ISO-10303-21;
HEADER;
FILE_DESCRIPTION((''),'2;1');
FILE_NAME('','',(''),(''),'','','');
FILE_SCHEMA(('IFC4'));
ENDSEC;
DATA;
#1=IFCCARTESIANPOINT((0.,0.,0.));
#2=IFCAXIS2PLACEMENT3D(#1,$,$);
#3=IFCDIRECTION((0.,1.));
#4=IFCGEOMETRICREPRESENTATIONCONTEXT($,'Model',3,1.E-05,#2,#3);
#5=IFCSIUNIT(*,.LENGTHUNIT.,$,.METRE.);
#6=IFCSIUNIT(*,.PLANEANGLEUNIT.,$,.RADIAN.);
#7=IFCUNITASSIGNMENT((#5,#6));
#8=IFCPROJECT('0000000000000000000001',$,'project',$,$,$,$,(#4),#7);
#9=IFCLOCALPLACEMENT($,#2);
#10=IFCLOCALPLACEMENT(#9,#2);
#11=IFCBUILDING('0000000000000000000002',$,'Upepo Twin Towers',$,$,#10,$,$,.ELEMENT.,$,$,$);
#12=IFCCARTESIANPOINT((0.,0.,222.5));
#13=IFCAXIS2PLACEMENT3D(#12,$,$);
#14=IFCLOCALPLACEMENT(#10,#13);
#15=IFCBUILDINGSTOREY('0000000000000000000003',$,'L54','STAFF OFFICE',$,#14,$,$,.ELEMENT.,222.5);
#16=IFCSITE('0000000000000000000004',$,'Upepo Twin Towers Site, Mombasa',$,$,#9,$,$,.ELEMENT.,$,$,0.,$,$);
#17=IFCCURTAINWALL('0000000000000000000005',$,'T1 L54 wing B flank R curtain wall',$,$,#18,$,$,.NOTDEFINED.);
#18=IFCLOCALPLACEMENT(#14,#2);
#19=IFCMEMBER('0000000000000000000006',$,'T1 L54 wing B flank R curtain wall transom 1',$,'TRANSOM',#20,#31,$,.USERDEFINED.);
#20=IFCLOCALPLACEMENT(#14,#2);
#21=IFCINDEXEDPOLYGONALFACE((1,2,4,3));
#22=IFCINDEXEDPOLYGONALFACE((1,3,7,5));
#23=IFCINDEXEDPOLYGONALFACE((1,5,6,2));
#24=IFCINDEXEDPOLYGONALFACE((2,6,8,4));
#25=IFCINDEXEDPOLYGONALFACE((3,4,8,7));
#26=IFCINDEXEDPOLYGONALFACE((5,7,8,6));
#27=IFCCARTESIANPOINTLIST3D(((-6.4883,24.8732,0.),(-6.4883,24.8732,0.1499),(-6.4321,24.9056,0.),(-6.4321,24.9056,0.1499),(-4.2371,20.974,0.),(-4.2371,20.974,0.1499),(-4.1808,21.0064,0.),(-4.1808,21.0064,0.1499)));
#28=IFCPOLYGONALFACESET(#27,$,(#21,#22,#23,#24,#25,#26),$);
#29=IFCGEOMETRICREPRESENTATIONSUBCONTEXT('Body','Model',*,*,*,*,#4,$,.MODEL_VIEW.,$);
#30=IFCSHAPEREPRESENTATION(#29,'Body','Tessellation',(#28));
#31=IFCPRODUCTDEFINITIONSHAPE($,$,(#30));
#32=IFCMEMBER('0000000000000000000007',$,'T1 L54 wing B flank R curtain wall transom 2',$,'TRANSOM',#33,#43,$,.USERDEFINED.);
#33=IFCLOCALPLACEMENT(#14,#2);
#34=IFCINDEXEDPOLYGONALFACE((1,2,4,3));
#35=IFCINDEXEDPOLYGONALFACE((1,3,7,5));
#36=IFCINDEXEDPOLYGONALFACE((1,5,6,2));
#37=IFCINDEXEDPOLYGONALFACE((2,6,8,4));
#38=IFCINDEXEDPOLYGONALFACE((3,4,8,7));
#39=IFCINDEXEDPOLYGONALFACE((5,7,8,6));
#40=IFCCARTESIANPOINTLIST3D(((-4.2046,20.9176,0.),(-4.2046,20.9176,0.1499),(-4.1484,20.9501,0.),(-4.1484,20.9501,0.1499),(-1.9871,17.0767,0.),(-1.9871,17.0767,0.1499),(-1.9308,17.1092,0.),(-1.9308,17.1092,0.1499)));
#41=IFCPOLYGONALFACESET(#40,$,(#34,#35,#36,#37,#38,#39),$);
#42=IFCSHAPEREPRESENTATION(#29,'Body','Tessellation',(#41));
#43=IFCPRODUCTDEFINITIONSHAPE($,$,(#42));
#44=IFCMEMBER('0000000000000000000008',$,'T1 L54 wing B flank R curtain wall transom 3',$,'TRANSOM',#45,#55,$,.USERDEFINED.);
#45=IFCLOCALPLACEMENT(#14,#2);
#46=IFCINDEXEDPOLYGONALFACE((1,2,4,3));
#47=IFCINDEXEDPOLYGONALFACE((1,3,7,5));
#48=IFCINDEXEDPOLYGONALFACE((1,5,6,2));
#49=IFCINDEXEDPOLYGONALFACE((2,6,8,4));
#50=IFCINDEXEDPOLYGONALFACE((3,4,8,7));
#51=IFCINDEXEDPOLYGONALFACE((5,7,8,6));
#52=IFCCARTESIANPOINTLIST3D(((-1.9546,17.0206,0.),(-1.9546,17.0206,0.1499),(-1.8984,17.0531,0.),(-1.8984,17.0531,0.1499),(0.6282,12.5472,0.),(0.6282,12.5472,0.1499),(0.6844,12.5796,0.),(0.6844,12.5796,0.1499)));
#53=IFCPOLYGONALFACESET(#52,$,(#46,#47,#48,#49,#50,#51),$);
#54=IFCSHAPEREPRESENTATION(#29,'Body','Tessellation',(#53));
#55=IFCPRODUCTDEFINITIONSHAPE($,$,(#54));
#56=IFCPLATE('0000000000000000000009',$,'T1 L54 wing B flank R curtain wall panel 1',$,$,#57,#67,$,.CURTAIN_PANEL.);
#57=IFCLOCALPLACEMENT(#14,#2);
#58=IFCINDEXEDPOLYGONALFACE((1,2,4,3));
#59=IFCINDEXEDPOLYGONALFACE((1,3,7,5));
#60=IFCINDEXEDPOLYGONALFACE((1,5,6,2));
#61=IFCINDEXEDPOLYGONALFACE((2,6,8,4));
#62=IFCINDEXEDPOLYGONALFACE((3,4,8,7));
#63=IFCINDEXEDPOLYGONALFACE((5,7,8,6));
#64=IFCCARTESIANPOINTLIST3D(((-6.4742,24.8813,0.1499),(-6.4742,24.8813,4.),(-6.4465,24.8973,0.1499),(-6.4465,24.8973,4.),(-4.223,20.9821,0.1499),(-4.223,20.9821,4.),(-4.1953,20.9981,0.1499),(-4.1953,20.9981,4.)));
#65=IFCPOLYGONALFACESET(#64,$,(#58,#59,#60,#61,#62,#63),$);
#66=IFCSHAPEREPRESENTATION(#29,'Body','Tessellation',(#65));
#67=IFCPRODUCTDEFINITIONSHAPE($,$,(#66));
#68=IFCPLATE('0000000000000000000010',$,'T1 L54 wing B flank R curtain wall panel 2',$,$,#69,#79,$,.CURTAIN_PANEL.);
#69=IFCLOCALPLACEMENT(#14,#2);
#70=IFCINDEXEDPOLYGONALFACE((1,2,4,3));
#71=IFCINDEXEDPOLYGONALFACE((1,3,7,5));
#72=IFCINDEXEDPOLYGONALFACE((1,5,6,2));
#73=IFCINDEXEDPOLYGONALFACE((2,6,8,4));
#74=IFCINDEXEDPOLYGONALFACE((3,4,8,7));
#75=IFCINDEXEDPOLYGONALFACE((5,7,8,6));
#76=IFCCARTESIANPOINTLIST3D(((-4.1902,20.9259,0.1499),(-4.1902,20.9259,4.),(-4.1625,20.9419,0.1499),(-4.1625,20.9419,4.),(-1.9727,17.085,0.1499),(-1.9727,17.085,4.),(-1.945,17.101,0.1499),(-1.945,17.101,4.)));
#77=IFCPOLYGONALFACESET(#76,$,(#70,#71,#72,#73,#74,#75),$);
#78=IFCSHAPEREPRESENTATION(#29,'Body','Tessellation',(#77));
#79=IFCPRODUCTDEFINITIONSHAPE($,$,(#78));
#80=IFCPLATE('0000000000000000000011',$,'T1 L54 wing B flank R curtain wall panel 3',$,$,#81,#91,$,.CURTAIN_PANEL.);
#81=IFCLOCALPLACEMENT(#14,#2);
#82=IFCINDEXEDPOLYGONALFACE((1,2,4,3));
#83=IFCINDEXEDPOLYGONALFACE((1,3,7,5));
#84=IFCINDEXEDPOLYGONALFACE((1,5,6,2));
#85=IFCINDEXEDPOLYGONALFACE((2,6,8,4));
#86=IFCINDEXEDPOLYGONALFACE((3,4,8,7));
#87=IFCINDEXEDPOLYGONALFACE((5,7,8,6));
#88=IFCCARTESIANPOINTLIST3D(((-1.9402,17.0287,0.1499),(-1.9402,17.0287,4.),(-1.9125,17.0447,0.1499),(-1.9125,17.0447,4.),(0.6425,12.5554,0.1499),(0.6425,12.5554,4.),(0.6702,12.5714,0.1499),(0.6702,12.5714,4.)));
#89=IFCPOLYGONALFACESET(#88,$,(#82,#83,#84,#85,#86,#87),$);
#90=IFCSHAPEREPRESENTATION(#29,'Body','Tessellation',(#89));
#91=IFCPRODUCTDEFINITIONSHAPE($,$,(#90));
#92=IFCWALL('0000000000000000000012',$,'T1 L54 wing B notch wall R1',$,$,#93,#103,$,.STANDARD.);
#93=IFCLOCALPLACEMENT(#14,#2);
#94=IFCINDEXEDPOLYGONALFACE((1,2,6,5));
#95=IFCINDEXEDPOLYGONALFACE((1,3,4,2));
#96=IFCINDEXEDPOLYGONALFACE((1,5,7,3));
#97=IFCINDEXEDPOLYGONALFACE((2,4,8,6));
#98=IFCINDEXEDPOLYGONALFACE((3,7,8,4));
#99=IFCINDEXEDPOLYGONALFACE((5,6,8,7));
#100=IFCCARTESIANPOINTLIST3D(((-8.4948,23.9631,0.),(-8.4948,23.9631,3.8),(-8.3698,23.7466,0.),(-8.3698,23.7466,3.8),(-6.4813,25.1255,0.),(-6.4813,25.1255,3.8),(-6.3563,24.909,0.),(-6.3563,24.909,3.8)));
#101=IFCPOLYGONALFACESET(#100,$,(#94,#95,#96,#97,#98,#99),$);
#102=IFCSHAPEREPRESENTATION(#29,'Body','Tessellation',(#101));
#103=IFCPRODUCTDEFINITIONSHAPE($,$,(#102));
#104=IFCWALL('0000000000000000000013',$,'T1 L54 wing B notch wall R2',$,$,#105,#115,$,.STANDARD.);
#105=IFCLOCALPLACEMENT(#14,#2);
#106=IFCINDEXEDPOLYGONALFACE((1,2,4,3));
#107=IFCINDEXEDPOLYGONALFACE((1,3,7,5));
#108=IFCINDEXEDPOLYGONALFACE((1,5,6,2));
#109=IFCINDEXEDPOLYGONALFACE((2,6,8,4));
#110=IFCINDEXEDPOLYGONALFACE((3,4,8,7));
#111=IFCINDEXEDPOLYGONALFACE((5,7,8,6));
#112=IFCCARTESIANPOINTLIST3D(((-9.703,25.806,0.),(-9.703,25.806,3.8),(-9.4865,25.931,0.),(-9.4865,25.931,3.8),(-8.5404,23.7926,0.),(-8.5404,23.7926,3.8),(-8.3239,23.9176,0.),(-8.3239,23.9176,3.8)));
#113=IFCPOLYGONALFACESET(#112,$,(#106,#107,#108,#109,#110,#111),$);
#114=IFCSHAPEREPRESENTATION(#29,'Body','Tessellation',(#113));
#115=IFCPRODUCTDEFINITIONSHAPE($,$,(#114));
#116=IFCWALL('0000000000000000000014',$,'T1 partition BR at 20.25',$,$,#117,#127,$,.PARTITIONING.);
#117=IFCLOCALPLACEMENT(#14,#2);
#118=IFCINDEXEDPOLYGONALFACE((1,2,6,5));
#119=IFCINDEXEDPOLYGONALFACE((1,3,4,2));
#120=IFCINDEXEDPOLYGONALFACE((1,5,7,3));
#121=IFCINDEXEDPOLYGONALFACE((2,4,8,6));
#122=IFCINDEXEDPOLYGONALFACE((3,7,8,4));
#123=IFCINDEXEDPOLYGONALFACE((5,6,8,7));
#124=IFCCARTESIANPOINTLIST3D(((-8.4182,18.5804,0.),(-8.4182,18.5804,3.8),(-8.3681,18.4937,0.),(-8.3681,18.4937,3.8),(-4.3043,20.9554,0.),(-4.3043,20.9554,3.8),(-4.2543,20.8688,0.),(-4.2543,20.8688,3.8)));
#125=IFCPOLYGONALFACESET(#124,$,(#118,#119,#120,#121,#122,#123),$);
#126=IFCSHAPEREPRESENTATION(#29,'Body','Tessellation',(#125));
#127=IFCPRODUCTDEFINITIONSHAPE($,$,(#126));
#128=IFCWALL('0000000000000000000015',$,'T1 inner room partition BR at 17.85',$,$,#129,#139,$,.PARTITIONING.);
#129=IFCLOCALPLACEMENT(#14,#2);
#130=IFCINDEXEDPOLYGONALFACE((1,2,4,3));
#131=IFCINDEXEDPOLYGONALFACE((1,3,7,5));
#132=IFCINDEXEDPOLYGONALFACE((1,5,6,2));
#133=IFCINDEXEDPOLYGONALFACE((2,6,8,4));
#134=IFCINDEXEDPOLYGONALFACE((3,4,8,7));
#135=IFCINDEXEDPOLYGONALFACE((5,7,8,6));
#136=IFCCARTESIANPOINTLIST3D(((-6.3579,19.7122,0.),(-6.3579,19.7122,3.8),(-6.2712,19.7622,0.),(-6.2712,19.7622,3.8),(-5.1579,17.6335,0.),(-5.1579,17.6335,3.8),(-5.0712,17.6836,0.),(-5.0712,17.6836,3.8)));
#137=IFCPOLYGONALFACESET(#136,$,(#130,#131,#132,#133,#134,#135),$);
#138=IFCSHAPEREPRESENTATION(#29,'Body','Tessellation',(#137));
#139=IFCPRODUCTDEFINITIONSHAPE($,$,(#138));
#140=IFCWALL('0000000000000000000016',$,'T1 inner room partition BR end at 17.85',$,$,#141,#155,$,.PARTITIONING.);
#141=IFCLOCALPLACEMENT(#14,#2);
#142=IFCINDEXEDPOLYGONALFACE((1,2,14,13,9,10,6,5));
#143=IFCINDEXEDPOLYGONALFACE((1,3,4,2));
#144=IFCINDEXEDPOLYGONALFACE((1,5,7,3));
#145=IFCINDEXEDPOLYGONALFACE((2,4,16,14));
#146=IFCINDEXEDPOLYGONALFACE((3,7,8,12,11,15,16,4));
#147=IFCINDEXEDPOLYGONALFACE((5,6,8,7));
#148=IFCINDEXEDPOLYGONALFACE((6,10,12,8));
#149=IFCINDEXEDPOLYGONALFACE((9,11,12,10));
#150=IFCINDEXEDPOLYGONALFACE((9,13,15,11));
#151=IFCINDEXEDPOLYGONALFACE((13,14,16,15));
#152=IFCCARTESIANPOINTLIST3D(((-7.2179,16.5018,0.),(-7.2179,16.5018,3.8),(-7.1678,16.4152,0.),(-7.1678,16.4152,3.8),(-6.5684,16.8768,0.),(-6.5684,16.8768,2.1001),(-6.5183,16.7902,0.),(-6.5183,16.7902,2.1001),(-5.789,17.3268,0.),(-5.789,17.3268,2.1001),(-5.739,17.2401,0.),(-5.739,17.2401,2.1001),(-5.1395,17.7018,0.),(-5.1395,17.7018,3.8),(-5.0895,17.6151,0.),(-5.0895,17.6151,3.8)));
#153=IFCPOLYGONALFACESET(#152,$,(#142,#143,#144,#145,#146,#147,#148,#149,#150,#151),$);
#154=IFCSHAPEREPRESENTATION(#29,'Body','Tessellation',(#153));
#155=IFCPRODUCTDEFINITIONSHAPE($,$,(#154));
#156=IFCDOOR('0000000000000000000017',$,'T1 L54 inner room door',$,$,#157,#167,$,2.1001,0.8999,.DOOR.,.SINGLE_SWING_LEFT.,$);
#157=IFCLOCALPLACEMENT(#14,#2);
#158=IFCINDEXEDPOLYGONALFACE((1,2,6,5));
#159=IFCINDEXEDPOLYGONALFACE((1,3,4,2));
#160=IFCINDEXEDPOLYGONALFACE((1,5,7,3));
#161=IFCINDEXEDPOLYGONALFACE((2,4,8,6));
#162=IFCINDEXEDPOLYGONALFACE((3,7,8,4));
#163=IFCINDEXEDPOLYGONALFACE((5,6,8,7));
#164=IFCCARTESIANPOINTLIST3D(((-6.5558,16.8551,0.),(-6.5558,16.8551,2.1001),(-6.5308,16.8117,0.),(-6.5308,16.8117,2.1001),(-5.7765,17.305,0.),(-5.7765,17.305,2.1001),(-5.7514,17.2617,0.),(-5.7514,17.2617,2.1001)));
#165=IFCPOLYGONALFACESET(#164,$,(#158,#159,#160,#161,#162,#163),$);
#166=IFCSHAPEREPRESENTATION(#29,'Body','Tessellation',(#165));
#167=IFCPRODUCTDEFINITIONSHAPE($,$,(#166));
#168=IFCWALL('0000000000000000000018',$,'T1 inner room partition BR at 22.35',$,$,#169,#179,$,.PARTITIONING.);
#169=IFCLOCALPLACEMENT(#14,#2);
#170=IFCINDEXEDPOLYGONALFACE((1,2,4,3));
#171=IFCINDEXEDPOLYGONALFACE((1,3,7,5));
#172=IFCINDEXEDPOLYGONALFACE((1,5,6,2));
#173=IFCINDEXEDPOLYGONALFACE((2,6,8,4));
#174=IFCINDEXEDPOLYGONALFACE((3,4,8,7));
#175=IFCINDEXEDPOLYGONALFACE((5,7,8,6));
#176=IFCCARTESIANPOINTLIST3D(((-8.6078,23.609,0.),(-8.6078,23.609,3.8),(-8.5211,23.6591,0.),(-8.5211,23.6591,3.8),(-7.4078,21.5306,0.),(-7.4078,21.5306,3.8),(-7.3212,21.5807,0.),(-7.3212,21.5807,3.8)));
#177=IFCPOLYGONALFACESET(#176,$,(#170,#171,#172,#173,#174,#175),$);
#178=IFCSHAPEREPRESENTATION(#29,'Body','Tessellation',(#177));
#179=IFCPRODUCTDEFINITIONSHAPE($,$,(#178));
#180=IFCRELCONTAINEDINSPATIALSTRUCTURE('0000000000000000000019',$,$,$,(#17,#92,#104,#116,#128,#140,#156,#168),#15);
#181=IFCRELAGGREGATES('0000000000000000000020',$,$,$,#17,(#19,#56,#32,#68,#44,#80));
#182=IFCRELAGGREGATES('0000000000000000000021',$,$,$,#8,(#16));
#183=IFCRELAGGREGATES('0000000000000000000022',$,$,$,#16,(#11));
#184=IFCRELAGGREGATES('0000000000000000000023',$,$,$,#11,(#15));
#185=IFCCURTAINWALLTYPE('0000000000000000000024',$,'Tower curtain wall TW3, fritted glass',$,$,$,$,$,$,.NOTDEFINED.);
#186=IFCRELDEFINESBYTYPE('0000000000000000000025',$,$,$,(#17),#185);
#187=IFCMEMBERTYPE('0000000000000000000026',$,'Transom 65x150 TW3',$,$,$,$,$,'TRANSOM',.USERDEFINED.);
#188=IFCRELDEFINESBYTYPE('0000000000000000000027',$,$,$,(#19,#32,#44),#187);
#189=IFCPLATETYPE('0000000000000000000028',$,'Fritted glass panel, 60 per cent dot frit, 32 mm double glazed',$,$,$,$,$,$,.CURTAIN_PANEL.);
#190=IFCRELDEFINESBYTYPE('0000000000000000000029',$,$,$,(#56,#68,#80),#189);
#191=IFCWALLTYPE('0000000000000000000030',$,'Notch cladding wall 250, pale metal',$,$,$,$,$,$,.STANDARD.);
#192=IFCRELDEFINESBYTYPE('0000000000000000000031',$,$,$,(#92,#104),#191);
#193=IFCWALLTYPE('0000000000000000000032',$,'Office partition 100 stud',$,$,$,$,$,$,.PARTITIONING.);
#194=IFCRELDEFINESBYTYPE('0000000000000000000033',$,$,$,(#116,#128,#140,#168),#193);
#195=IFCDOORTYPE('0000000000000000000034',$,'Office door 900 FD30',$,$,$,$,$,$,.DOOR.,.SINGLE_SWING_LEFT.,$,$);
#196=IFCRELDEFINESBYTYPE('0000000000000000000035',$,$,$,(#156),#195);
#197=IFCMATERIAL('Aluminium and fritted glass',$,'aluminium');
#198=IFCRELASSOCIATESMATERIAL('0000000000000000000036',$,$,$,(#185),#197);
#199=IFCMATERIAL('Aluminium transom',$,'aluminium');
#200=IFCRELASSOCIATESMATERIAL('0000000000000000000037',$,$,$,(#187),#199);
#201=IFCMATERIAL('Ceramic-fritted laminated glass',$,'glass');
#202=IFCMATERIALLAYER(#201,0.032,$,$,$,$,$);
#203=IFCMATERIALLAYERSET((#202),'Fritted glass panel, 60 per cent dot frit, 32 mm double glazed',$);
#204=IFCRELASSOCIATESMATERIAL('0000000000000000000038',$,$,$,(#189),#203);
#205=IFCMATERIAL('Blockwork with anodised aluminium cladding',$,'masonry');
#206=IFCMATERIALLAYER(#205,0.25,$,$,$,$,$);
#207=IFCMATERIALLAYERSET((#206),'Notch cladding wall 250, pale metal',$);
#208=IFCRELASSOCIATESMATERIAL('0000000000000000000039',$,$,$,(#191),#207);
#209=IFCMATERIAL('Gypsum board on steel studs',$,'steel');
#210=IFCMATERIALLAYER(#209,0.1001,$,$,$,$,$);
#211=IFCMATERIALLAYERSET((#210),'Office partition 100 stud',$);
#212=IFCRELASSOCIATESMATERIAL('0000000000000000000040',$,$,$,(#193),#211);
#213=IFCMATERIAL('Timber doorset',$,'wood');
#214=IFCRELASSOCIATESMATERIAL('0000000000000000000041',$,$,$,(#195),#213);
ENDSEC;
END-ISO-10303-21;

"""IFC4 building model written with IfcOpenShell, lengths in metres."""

from ifc_helpers import new_model, si_unit, direction, frame, frame_2d, origin, origin_2d, place, context, subcontext, project, spatial, rectangle, extrude, material, layer, layer_set, material_profile, profile_set, type_object, element, fill, aggregate, save


model = new_model("IFC4")

# Units and contexts
model_context = context("Model", 3, precision=1e-05, world=origin(), true_north=direction((0.0, 1.0)))
body_context = subcontext(model_context, "Body", "Model", "MODEL_VIEW")
ifc_project = project(units=[si_unit("LENGTHUNIT", "METRE"), si_unit("PLANEANGLEUNIT", "RADIAN")], contexts=[model_context])

# Site, building, storey
site_placement = place(None, origin())
site = spatial("IfcSite", under=ifc_project, at=site_placement, Name="Upepo Twin Towers Site, Mombasa", CompositionType="ELEMENT", RefElevation=0.0)
building_placement = place(site_placement, origin())
building = spatial("IfcBuilding", under=site, at=building_placement, Name="Upepo Twin Towers", CompositionType="ELEMENT")
storey_placement = place(building_placement, frame((0.0, 0.0, 222.5)))
storey = spatial("IfcBuildingStorey", under=building, at=storey_placement, Name="L54", Description="STAFF OFFICE", CompositionType="ELEMENT", Elevation=222.5)

# Curtain wall
ifc_material_1 = material(Name="Aluminium and fritted glass", Category="aluminium")
curtain_wall_type = type_object("IfcCurtainWallType", Name="Tower curtain wall TW3, fritted glass", PredefinedType="NOTDEFINED", material=ifc_material_1)
curtain_wall_1_placement = place(storey_placement, origin())
curtain_wall_1 = element("IfcCurtainWall", 1, at=curtain_wall_1_placement, inside=storey, type_object=curtain_wall_type, Name="T1 L54 wing B flank R curtain wall", PredefinedType="NOTDEFINED")

# Members
ifc_material_2 = material(Name="Aluminium transom", Category="aluminium")
ifc_material_profile_1 = material_profile(ifc_material_2, rectangle(XDim=0.0649, YDim=0.1499, at=origin_2d()), Name="TRANSOM 65x150")
ifc_profile_set_1 = profile_set([ifc_material_profile_1], Name="Aluminium transom")
member_type_1 = type_object("IfcMemberType", Name="Transom 65x150 TW3", ElementType="TRANSOM", PredefinedType="USERDEFINED", material=ifc_profile_set_1)
member_1_placement = place(storey_placement, frame((-6.4602, 24.8894, 0.075), z_axis=(0.500006, -0.866022, 0.0), x_axis=(0.866022, 0.500006, 0.0)))
member_1 = element("IfcMember", 2, at=member_1_placement, type_object=member_type_1, Name="T1 L54 wing B flank R curtain wall transom 1", ObjectType="TRANSOM", PredefinedType="USERDEFINED", context=body_context, shape_type="SweptSolid", body=[
    extrude(rectangle(XDim=0.0649, YDim=0.1499, at=origin_2d()), origin(), (0.0, 0.0, 1.0), 4.5024),
])
member_2_placement = place(storey_placement, frame((-4.1765, 20.9338, 0.075), z_axis=(0.500005, -0.866022, 0.0), x_axis=(0.866022, 0.500005, 0.0)))
member_2 = element("IfcMember", 3, at=member_2_placement, type_object=member_type_1, Name="T1 L54 wing B flank R curtain wall transom 2", ObjectType="TRANSOM", PredefinedType="USERDEFINED", context=body_context, shape_type="SweptSolid", body=[
    extrude(rectangle(XDim=0.0649, YDim=0.1499, at=origin_2d()), origin(), (0.0, 0.0, 1.0), 4.4351),
])
member_3_placement = place(storey_placement, frame((-1.9265, 17.0369, 0.075), z_axis=(0.500007, -0.866021, 0.0), x_axis=(0.866021, 0.500007, 0.0)))
member_3 = element("IfcMember", 4, at=member_3_placement, type_object=member_type_1, Name="T1 L54 wing B flank R curtain wall transom 3", ObjectType="TRANSOM", PredefinedType="USERDEFINED", context=body_context, shape_type="SweptSolid", body=[
    extrude(rectangle(XDim=0.0649, YDim=0.1499, at=origin_2d()), origin(), (0.0, 0.0, 1.0), 5.1655),
])

# Plates
ifc_material_3 = material(Name="Ceramic-fritted laminated glass", Category="glass")
ifc_layer_1 = layer(ifc_material_3, 0.032)
ifc_layer_set_1 = layer_set([ifc_layer_1], Name="Fritted glass panel, 60 per cent dot frit, 32 mm double glazed")
plate_type = type_object("IfcPlateType", Name="Fritted glass panel, 60 per cent dot frit, 32 mm double glazed", PredefinedType="CURTAIN_PANEL", material=ifc_layer_set_1)
plate_1_placement = place(storey_placement, frame((-5.3347, 22.9397, 0.1499), z_axis=(0.0, 0.0, 1.0), x_axis=(0.5, -0.866025, 0.0)))
plate_1 = element("IfcPlate", 5, at=plate_1_placement, type_object=plate_type, Name="T1 L54 wing B flank R curtain wall panel 1", PredefinedType="CURTAIN_PANEL", context=body_context, shape_type="SweptSolid", body=[
    extrude(rectangle(XDim=4.5024, YDim=0.032, at=origin_2d()), origin(), (0.0, 0.0, 1.0), 3.8501),
])
plate_2_placement = place(storey_placement, frame((-3.0676, 19.0134, 0.1499), z_axis=(0.0, 0.0, 1.0), x_axis=(0.5, -0.866025, 0.0)))
plate_2 = element("IfcPlate", 6, at=plate_2_placement, type_object=plate_type, Name="T1 L54 wing B flank R curtain wall panel 2", PredefinedType="CURTAIN_PANEL", context=body_context, shape_type="SweptSolid", body=[
    extrude(rectangle(XDim=4.4351, YDim=0.032, at=origin_2d()), origin(), (0.0, 0.0, 1.0), 3.8501),
])
plate_3_placement = place(storey_placement, frame((-0.635, 14.8, 0.1499), z_axis=(0.0, 0.0, 1.0), x_axis=(0.5, -0.866025, 0.0)))
plate_3 = element("IfcPlate", 7, at=plate_3_placement, type_object=plate_type, Name="T1 L54 wing B flank R curtain wall panel 3", PredefinedType="CURTAIN_PANEL", context=body_context, shape_type="SweptSolid", body=[
    extrude(rectangle(XDim=5.1653, YDim=0.032, at=origin_2d()), origin(), (0.0, 0.0, 1.0), 3.8501),
])
aggregate(curtain_wall_1, [member_1, plate_1, member_2, plate_2, member_3, plate_3])

# Walls
ifc_material_4 = material(Name="Blockwork with anodised aluminium cladding", Category="masonry")
ifc_layer_2 = layer(ifc_material_4, 0.25)
ifc_layer_set_2 = layer_set([ifc_layer_2], Name="Notch cladding wall 250, pale metal")
wall_type_1 = type_object("IfcWallType", Name="Notch cladding wall 250, pale metal", PredefinedType="STANDARD", material=ifc_layer_set_2)
for number, where, z_axis, x_axis, name in (
    (8, (-6.4187, 25.0173, 0.0), (0.0, 0.0, 1.0), (-0.866044, -0.499968, 0.0), "T1 L54 wing B notch wall R1"),
    (9, (-8.4321, 23.855, 0.0), (0.0, 0.0, 1.0), (-0.500047, 0.865998, 0.0), "T1 L54 wing B notch wall R2"),
):
    element("IfcWall", number, at=place(storey_placement, frame(where, z_axis=z_axis, x_axis=x_axis)), inside=storey, type_object=wall_type_1, Name=name, PredefinedType="STANDARD", context=body_context, shape_type="SweptSolid", body=[
        extrude(rectangle(XDim=2.325, YDim=0.25, at=frame_2d((1.1626, 0.0))), origin(), (0.0, 0.0, 1.0), 3.8),
    ])
ifc_material_5 = material(Name="Gypsum board on steel studs", Category="steel")
ifc_layer_3 = layer(ifc_material_5, 0.1001)
ifc_layer_set_3 = layer_set([ifc_layer_3], Name="Office partition 100 stud")
wall_type_2 = type_object("IfcWallType", Name="Office partition 100 stud", PredefinedType="PARTITIONING", material=ifc_layer_set_3)
wall_1_placement = place(storey_placement, frame((-8.3931, 18.5371, 0.0), z_axis=(0.0, 0.0, 1.0), x_axis=(0.866033, 0.499986, 0.0)))
element("IfcWall", 10, at=wall_1_placement, inside=storey, type_object=wall_type_2, Name="T1 partition BR at 20.25", PredefinedType="PARTITIONING", context=body_context, shape_type="SweptSolid", body=[
    extrude(rectangle(XDim=4.7502, YDim=0.1001, at=frame_2d((2.375, 0.0))), origin(), (0.0, 0.0, 1.0), 3.8),
])
wall_2_placement = place(storey_placement, frame((-5.1145, 17.6584, 0.0), z_axis=(0.0, 0.0, 1.0), x_axis=(-0.499957, 0.86605, 0.0)))
element("IfcWall", 11, at=wall_2_placement, inside=storey, type_object=wall_type_2, Name="T1 inner room partition BR at 17.85", PredefinedType="PARTITIONING", context=body_context, shape_type="SweptSolid", body=[
    extrude(rectangle(XDim=2.4001, YDim=0.1001, at=frame_2d((1.2002, 0.0))), origin(), (0.0, 0.0, 1.0), 3.8),
])

# Wall, opening, door
wall_3_placement = place(storey_placement, frame((-7.1929, 16.4585, 0.0), z_axis=(0.0, 0.0, 1.0), x_axis=(0.866025, 0.500001, 0.0)))
wall_3 = element("IfcWall", 12, at=wall_3_placement, inside=storey, type_object=wall_type_2, Name="T1 inner room partition BR end at 17.85", PredefinedType="PARTITIONING", context=body_context, shape_type="SweptSolid", body=[
    extrude(rectangle(XDim=2.3999, YDim=0.1001, at=frame_2d((1.2, 0.0))), origin(), (0.0, 0.0, 1.0), 3.8),
])
opening_1_placement = place(wall_3_placement, frame((0.75, 0.0, 0.0)))
opening_1 = element("IfcOpeningElement", 13, at=opening_1_placement, cuts=wall_3, PredefinedType="OPENING", context=body_context, shape_type="SweptSolid", body=[
    extrude(rectangle(XDim=0.8999, YDim=2.1001, at=frame_2d((0.45, 1.05))), frame((0.0, 0.0601, 0.0), z_axis=(0.0, -1.0, 0.0), x_axis=(1.0, 0.0, 0.0)), (0.0, 0.0, 1.0), 0.1201),
])
ifc_material_6 = material(Name="Timber doorset", Category="wood")
door_type = type_object("IfcDoorType", Name="Office door 900 FD30", OperationType="SINGLE_SWING_LEFT", PredefinedType="DOOR", material=ifc_material_6)
door_1_placement = place(opening_1_placement, origin())
door_1 = element("IfcDoor", 14, at=door_1_placement, inside=storey, type_object=door_type, Name="T1 L54 inner room door", OperationType="SINGLE_SWING_LEFT", OverallHeight=2.1001, OverallWidth=0.8999, PredefinedType="DOOR", context=body_context, shape_type="SweptSolid", body=[
    extrude(rectangle(XDim=0.8999, YDim=2.1001, at=frame_2d((0.45, 1.05))), frame((0.0, 0.0249, 0.0), z_axis=(0.0, -1.0, 0.0), x_axis=(1.0, 0.0, 0.0)), (0.0, 0.0, 1.0), 0.05),
])
fill(opening_1, door_1)

# Wall
wall_4_placement = place(storey_placement, frame((-7.3645, 21.5557, 0.0), z_axis=(0.0, 0.0, 1.0), x_axis=(-0.500001, 0.866025, 0.0)))
element("IfcWall", 15, at=wall_4_placement, inside=storey, type_object=wall_type_2, Name="T1 inner room partition BR at 22.35", PredefinedType="PARTITIONING", context=body_context, shape_type="SweptSolid", body=[
    extrude(rectangle(XDim=2.3999, YDim=0.1001, at=frame_2d((1.2, 0.0))), origin(), (0.0, 0.0, 1.0), 3.8),
])

save(model, "model.ifc")
